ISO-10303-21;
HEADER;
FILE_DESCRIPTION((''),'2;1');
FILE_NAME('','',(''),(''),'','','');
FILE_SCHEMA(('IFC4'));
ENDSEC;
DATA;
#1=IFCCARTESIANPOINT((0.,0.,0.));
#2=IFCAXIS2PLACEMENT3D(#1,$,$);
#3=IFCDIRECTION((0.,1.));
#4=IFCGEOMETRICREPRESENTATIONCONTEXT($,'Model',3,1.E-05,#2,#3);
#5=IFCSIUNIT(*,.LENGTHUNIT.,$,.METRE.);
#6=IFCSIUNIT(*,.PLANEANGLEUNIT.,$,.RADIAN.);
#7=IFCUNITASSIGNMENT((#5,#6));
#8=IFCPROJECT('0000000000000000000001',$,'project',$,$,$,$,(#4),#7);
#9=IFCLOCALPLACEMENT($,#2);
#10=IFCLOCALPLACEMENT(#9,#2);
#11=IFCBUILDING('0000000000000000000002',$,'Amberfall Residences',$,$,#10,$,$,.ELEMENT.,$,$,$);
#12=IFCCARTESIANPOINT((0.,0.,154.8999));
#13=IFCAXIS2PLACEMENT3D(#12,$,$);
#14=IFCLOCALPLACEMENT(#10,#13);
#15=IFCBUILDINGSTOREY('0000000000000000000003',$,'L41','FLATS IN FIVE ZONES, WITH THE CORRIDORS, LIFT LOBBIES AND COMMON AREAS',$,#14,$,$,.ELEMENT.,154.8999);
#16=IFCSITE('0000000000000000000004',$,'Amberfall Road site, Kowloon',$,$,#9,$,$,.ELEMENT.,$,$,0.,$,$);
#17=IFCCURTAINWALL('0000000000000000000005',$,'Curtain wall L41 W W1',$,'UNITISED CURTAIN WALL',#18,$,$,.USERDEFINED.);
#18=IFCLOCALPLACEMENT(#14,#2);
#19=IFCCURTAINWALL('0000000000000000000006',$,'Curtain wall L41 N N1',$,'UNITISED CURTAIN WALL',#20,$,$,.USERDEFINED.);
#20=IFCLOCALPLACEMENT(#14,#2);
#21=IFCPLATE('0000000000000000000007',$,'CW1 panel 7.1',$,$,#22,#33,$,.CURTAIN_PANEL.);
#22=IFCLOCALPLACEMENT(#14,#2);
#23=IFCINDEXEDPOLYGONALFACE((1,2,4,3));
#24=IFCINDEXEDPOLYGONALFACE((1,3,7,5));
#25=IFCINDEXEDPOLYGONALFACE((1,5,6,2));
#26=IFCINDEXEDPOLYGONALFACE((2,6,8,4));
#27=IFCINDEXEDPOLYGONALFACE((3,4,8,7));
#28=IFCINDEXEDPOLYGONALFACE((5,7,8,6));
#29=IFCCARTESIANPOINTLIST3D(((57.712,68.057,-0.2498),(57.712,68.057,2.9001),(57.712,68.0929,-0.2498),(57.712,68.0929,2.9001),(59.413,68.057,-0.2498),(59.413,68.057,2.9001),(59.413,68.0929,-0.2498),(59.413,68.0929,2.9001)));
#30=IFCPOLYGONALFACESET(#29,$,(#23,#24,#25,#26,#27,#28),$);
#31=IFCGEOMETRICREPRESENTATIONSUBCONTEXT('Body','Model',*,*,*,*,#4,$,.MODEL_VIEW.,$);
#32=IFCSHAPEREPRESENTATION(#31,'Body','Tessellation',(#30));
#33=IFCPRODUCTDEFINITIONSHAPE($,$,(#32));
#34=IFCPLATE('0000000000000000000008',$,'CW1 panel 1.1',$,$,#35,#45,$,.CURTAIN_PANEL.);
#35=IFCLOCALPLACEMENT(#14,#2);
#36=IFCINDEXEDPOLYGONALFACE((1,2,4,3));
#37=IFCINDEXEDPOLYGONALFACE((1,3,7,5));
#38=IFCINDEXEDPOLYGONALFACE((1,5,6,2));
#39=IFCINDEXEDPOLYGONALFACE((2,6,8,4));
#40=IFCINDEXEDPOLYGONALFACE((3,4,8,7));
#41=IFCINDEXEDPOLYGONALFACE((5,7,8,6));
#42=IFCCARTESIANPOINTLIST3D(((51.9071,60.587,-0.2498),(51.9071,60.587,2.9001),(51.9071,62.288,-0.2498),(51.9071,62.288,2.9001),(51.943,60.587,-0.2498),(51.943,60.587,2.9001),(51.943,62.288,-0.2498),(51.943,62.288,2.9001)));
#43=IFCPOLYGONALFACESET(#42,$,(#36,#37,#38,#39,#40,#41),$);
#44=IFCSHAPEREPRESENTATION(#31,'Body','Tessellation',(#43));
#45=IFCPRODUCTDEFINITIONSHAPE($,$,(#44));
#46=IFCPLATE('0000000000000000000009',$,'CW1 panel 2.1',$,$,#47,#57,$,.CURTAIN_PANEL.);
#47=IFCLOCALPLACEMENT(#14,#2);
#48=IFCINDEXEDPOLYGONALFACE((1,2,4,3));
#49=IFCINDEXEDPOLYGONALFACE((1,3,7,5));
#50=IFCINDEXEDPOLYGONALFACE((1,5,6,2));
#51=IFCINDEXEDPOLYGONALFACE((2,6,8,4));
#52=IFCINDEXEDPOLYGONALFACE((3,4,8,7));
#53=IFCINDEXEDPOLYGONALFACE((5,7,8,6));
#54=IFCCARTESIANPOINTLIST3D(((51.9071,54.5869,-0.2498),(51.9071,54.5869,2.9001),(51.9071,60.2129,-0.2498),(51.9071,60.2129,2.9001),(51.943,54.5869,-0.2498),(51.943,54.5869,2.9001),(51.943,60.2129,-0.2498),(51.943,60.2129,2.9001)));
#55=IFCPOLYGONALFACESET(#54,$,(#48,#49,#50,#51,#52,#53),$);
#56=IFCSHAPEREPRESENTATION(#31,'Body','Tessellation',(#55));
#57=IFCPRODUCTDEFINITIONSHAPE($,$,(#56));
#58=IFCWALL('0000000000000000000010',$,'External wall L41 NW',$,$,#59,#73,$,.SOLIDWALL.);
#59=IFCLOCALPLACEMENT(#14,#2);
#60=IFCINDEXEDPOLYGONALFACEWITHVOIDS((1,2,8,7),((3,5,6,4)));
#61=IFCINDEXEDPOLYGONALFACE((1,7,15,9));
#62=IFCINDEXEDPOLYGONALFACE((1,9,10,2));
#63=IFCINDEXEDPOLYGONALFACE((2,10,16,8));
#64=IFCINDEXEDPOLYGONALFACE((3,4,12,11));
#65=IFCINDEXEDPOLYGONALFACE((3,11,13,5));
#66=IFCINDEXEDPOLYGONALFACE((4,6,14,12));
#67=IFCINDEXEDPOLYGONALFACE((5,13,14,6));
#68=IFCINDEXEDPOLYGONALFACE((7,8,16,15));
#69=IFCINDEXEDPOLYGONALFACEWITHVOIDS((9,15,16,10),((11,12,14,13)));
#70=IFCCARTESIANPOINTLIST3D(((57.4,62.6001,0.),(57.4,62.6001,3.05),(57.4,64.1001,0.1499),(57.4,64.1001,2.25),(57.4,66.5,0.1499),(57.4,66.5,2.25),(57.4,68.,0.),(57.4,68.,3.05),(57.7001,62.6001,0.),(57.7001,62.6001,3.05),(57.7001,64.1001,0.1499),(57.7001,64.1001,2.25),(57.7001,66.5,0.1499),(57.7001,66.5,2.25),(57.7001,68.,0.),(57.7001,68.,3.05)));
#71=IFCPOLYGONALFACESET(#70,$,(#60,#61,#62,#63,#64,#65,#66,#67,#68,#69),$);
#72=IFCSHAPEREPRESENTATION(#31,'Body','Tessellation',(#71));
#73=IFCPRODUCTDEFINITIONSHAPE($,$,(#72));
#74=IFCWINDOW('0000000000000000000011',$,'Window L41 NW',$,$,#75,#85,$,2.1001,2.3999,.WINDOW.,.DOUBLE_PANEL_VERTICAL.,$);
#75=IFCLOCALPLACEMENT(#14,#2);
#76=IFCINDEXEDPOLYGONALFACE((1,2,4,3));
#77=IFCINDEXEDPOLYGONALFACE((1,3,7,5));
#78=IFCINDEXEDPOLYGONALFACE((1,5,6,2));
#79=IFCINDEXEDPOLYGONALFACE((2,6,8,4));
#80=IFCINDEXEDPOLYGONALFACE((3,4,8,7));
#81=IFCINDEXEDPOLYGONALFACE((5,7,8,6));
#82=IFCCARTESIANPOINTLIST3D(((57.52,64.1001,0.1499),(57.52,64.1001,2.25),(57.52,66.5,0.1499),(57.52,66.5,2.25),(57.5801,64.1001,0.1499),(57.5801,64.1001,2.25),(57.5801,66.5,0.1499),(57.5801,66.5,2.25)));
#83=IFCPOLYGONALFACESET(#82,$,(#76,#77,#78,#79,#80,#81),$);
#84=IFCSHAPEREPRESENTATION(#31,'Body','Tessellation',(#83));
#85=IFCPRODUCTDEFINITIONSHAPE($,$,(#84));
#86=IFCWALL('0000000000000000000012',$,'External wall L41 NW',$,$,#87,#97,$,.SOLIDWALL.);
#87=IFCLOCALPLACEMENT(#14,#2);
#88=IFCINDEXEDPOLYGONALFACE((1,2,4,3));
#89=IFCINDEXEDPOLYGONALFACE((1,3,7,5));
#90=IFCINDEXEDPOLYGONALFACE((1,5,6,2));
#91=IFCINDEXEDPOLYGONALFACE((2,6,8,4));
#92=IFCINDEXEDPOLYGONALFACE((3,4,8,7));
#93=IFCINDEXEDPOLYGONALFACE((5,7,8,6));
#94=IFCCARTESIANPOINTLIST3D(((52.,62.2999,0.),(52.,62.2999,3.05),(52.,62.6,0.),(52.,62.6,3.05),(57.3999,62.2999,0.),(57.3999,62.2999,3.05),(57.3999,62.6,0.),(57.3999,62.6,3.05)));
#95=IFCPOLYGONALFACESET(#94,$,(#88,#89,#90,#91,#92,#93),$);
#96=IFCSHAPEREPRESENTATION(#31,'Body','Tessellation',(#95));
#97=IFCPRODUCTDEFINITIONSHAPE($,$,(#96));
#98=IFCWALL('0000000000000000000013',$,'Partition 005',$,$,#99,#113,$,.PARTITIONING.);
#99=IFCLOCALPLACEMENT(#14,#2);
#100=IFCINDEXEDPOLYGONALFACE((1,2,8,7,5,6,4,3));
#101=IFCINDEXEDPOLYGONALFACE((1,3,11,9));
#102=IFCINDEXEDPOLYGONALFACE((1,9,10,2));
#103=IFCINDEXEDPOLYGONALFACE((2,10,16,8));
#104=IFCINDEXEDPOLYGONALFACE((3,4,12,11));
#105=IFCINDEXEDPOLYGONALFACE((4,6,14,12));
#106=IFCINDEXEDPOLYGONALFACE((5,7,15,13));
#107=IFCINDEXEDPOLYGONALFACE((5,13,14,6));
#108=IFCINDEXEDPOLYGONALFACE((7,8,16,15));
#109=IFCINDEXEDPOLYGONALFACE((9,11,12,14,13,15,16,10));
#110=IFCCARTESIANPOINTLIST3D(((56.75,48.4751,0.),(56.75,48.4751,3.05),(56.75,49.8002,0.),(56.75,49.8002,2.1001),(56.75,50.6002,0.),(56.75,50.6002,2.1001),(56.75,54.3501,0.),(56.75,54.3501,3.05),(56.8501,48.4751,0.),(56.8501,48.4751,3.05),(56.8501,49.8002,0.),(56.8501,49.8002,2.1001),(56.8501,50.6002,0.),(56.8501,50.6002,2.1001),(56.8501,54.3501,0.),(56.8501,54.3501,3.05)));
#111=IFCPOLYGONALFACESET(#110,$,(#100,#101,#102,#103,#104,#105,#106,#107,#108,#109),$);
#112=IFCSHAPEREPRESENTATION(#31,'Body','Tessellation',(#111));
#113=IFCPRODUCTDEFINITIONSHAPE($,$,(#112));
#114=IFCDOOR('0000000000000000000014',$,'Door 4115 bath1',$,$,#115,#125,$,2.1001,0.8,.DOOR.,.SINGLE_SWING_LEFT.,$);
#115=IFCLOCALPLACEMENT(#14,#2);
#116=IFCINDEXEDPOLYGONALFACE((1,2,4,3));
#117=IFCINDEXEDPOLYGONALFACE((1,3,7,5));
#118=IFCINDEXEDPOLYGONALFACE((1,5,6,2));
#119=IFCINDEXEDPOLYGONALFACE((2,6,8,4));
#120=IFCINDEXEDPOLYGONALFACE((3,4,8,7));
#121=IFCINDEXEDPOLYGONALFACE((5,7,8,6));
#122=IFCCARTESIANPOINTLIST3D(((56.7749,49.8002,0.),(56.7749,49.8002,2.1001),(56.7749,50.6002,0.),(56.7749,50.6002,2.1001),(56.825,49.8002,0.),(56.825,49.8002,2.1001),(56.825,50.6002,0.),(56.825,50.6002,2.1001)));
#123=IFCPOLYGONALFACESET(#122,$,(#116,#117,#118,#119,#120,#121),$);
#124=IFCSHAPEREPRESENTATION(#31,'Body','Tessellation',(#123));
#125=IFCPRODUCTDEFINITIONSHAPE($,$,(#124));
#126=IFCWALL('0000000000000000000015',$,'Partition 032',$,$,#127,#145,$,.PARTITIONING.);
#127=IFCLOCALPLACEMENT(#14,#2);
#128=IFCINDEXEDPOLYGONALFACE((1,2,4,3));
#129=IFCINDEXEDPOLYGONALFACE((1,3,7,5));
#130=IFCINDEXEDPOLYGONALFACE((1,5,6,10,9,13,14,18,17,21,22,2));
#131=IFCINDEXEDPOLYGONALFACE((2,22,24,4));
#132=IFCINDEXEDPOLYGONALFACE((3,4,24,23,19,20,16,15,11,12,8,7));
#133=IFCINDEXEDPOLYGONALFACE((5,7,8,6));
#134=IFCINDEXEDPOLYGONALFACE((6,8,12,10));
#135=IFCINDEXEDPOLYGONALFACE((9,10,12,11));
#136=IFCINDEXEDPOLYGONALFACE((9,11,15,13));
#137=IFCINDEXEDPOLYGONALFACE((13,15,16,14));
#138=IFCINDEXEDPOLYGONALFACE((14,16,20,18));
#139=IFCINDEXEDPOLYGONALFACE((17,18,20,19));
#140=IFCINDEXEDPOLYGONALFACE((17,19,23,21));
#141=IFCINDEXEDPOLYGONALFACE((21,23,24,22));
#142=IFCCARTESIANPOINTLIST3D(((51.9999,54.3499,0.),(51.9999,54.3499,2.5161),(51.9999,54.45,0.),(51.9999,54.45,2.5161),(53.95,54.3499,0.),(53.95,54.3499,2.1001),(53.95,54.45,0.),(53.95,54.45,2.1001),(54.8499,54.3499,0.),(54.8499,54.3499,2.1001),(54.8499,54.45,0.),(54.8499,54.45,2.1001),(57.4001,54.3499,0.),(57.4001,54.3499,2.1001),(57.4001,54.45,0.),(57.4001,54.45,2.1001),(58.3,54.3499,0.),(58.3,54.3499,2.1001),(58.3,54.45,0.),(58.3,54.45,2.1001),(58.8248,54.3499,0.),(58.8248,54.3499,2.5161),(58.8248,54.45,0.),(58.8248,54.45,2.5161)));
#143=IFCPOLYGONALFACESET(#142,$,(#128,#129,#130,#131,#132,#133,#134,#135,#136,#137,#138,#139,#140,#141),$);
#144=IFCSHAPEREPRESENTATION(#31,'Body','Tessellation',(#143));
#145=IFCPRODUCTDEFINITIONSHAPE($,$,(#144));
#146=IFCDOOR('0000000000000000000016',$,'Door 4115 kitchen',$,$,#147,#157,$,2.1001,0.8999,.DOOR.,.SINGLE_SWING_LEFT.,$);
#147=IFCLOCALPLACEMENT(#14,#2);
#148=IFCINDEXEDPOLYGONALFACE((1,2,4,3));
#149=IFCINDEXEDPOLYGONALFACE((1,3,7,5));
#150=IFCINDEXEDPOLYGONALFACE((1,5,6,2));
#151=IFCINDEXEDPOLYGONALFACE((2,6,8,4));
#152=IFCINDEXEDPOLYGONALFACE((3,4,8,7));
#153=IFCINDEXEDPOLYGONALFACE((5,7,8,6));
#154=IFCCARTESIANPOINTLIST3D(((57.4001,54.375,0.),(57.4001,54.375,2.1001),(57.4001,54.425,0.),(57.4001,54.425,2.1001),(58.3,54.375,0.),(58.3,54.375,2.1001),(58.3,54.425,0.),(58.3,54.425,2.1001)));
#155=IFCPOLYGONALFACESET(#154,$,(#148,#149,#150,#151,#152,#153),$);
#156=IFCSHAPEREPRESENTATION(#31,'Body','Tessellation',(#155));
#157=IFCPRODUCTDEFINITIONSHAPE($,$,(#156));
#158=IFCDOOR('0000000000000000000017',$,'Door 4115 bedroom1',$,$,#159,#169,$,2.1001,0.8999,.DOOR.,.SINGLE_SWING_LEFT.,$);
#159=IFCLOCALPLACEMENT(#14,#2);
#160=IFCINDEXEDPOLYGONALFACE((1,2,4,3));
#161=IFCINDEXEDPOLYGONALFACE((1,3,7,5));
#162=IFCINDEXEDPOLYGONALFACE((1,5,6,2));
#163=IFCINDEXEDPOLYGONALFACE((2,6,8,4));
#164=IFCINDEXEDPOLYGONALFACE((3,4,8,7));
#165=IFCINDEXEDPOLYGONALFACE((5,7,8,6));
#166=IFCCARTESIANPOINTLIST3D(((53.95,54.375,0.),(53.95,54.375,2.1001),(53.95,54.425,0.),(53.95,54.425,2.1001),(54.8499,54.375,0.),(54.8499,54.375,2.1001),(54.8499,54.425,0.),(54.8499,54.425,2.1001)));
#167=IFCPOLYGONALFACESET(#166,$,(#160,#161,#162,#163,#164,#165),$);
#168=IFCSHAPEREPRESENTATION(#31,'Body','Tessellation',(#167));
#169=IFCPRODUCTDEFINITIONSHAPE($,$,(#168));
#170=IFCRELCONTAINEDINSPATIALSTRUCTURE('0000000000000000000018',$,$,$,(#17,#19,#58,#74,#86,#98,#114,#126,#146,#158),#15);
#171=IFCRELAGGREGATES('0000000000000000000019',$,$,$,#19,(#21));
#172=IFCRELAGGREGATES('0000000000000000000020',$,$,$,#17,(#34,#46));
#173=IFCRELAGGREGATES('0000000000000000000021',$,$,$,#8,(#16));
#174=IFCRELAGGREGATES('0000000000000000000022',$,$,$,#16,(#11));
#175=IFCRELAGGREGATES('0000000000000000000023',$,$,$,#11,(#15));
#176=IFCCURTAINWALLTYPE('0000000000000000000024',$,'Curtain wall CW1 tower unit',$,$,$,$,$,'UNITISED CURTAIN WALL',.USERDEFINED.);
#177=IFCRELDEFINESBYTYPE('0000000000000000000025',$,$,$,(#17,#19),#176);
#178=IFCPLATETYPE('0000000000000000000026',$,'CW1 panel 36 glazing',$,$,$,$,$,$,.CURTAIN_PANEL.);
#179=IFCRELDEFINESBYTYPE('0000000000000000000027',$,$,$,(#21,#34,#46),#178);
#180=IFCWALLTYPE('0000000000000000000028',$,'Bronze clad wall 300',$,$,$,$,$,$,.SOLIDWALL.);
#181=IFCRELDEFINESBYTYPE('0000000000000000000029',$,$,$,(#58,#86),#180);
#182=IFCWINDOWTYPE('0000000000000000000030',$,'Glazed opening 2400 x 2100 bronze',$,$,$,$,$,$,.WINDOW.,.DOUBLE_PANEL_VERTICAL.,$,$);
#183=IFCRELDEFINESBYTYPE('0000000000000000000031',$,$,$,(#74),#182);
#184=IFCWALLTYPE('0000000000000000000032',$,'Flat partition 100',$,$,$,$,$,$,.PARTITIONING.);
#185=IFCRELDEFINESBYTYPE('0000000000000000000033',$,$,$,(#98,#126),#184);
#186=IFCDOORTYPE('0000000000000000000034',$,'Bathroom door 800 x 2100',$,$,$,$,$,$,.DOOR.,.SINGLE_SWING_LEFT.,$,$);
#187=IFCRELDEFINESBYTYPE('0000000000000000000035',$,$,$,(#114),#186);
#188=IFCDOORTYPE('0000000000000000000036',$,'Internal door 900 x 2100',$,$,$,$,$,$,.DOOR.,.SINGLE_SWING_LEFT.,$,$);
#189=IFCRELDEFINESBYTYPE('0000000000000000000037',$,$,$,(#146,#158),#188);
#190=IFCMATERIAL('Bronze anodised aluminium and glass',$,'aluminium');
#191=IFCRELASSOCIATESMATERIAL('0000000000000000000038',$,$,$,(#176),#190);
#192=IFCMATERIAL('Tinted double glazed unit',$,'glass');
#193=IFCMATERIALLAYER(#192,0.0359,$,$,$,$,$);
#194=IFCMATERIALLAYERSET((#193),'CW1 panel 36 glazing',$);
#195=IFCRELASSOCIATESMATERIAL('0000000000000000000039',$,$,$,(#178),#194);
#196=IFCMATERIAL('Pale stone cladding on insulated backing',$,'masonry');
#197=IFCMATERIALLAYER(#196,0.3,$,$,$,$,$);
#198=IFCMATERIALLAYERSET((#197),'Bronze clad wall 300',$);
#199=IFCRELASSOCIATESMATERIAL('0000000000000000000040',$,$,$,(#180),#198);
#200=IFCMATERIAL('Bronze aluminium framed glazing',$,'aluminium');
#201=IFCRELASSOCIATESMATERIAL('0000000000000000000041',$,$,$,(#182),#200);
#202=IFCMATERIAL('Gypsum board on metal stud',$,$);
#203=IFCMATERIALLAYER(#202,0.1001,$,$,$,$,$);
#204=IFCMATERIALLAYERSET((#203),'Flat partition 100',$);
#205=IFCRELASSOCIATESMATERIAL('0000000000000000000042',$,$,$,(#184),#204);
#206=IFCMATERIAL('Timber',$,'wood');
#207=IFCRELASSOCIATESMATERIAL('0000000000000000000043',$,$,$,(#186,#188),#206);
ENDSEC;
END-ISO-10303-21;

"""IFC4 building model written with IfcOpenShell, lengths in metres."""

from ifc_helpers import new_model, si_unit, direction, frame, frame_2d, origin, origin_2d, place, context, subcontext, project, spatial, rectangle, extrude, material, layer, layer_set, type_object, element, fill, aggregate, save


model = new_model("IFC4")

# Units and contexts
model_context = context("Model", 3, precision=1e-05, world=origin(), true_north=direction((0.0, 1.0)))
body_context = subcontext(model_context, "Body", "Model", "MODEL_VIEW")
ifc_project = project(units=[si_unit("LENGTHUNIT", "METRE"), si_unit("PLANEANGLEUNIT", "RADIAN")], contexts=[model_context])

# Site, building, storey
site_placement = place(None, origin())
site = spatial("IfcSite", under=ifc_project, at=site_placement, Name="Amberfall Road site, Kowloon", CompositionType="ELEMENT", RefElevation=0.0)
building_placement = place(site_placement, origin())
building = spatial("IfcBuilding", under=site, at=building_placement, Name="Amberfall Residences", CompositionType="ELEMENT")
storey_placement = place(building_placement, frame((0.0, 0.0, 154.8999)))
storey = spatial("IfcBuildingStorey", under=building, at=storey_placement, Name="L41", Description="FLATS IN FIVE ZONES, WITH THE CORRIDORS, LIFT LOBBIES AND COMMON AREAS", CompositionType="ELEMENT", Elevation=154.8999)

# Curtain wall
ifc_material_1 = material(Name="Bronze anodised aluminium and glass", Category="aluminium")
curtain_wall_type = type_object("IfcCurtainWallType", Name="Curtain wall CW1 tower unit", ElementType="UNITISED CURTAIN WALL", PredefinedType="USERDEFINED", material=ifc_material_1)
curtain_wall_1_placement = place(storey_placement, origin())
curtain_wall_1 = element("IfcCurtainWall", 1, at=curtain_wall_1_placement, inside=storey, type_object=curtain_wall_type, Name="Curtain wall L41 W W1", ObjectType="UNITISED CURTAIN WALL", PredefinedType="USERDEFINED")

# Curtain wall
curtain_wall_2_placement = place(storey_placement, origin())
curtain_wall_2 = element("IfcCurtainWall", 2, at=curtain_wall_2_placement, inside=storey, type_object=curtain_wall_type, Name="Curtain wall L41 N N1", ObjectType="UNITISED CURTAIN WALL", PredefinedType="USERDEFINED")

# Plates
ifc_material_2 = material(Name="Tinted double glazed unit", Category="glass")
ifc_layer_1 = layer(ifc_material_2, 0.0359)
ifc_layer_set_1 = layer_set([ifc_layer_1], Name="CW1 panel 36 glazing")
plate_type = type_object("IfcPlateType", Name="CW1 panel 36 glazing", PredefinedType="CURTAIN_PANEL", material=ifc_layer_set_1)
plate_1_placement = place(storey_placement, frame((58.5625, 68.075, -0.2498), z_axis=(0.0, 0.0, 1.0), x_axis=(-1.0, 0.0, 0.0)))
plate_1 = element("IfcPlate", 3, at=plate_1_placement, type_object=plate_type, Name="CW1 panel 7.1", PredefinedType="CURTAIN_PANEL", context=body_context, shape_type="SweptSolid", body=[
    extrude(rectangle(XDim=1.7009, YDim=0.0359, at=origin_2d()), origin(), (0.0, 0.0, 1.0), 3.1499),
])
aggregate(curtain_wall_2, [plate_1])
plate_2_placement = place(storey_placement, frame((51.925, 61.4375, -0.2498), z_axis=(0.0, 0.0, 1.0), x_axis=(0.0, -1.0, 0.0)))
plate_2 = element("IfcPlate", 4, at=plate_2_placement, type_object=plate_type, Name="CW1 panel 1.1", PredefinedType="CURTAIN_PANEL", context=body_context, shape_type="SweptSolid", body=[
    extrude(rectangle(XDim=1.7009, YDim=0.0359, at=origin_2d()), origin(), (0.0, 0.0, 1.0), 3.1499),
])
plate_3_placement = place(storey_placement, frame((51.925, 57.3999, -0.2498), z_axis=(0.0, 0.0, 1.0), x_axis=(0.0, -1.0, 0.0)))
plate_3 = element("IfcPlate", 5, at=plate_3_placement, type_object=plate_type, Name="CW1 panel 2.1", PredefinedType="CURTAIN_PANEL", context=body_context, shape_type="SweptSolid", body=[
    extrude(rectangle(XDim=5.626, YDim=0.0359, at=origin_2d()), origin(), (0.0, 0.0, 1.0), 3.1499),
])
aggregate(curtain_wall_1, [plate_2, plate_3])

# Wall, opening, window
ifc_material_3 = material(Name="Pale stone cladding on insulated backing", Category="masonry")
ifc_layer_2 = layer(ifc_material_3, 0.3)
ifc_layer_set_2 = layer_set([ifc_layer_2], Name="Bronze clad wall 300")
wall_type_1 = type_object("IfcWallType", Name="Bronze clad wall 300", PredefinedType="SOLIDWALL", material=ifc_layer_set_2)
wall_1_placement = place(storey_placement, frame((57.55, 68.0, 0.0), z_axis=(0.0, 0.0, 1.0), x_axis=(0.0, -1.0, 0.0)))
wall_1 = element("IfcWall", 6, at=wall_1_placement, inside=storey, type_object=wall_type_1, Name="External wall L41 NW", PredefinedType="SOLIDWALL", context=body_context, shape_type="SweptSolid", body=[
    extrude(rectangle(XDim=5.3999, YDim=0.3, at=frame_2d((2.7, 0.0))), origin(), (0.0, 0.0, 1.0), 3.05),
])
opening_1_placement = place(wall_1_placement, frame((1.5, 0.0, 0.1499)))
opening_1 = element("IfcOpeningElement", 7, at=opening_1_placement, cuts=wall_1, PredefinedType="OPENING", context=body_context, shape_type="SweptSolid", body=[
    extrude(rectangle(XDim=2.3999, YDim=2.1001, at=frame_2d((1.2, 1.05))), frame((0.0, 0.1599, 0.0), z_axis=(0.0, -1.0, 0.0), x_axis=(1.0, 0.0, 0.0)), (0.0, 0.0, 1.0), 0.3201),
])
ifc_material_4 = material(Name="Bronze aluminium framed glazing", Category="aluminium")
window_type = type_object("IfcWindowType", Name="Glazed opening 2400 x 2100 bronze", PartitioningType="DOUBLE_PANEL_VERTICAL", PredefinedType="WINDOW", material=ifc_material_4)
window_placement = place(opening_1_placement, origin())
window = element("IfcWindow", 8, at=window_placement, inside=storey, type_object=window_type, Name="Window L41 NW", OverallHeight=2.1001, OverallWidth=2.3999, PartitioningType="DOUBLE_PANEL_VERTICAL", PredefinedType="WINDOW", context=body_context, shape_type="SweptSolid", body=[
    extrude(rectangle(XDim=2.3999, YDim=2.1001, at=frame_2d((1.2, 1.05))), frame((0.0, 0.03, 0.0), z_axis=(0.0, -1.0, 0.0), x_axis=(1.0, 0.0, 0.0)), (0.0, 0.0, 1.0), 0.0601),
])
fill(opening_1, window)

# Wall
wall_2_placement = place(storey_placement, frame((57.3999, 62.45, 0.0), z_axis=(0.0, 0.0, 1.0), x_axis=(-1.0, 0.0, 0.0)))
element("IfcWall", 9, at=wall_2_placement, inside=storey, type_object=wall_type_1, Name="External wall L41 NW", PredefinedType="SOLIDWALL", context=body_context, shape_type="SweptSolid", body=[
    extrude(rectangle(XDim=5.3999, YDim=0.3, at=frame_2d((2.7, 0.0))), origin(), (0.0, 0.0, 1.0), 3.05),
])

# Wall, opening, door
ifc_material_5 = material(Name="Gypsum board on metal stud")
ifc_layer_3 = layer(ifc_material_5, 0.1001)
ifc_layer_set_3 = layer_set([ifc_layer_3], Name="Flat partition 100")
wall_type_2 = type_object("IfcWallType", Name="Flat partition 100", PredefinedType="PARTITIONING", material=ifc_layer_set_3)
wall_3_placement = place(storey_placement, frame((56.8, 54.3501, 0.0), z_axis=(0.0, 0.0, 1.0), x_axis=(0.0, -1.0, 0.0)))
wall_3 = element("IfcWall", 10, at=wall_3_placement, inside=storey, type_object=wall_type_2, Name="Partition 005", PredefinedType="PARTITIONING", context=body_context, shape_type="SweptSolid", body=[
    extrude(rectangle(XDim=5.875, YDim=0.1001, at=frame_2d((2.9375, 0.0))), origin(), (0.0, 0.0, 1.0), 3.05),
])
opening_2_placement = place(wall_3_placement, frame((3.75, 0.0, 0.0)))
opening_2 = element("IfcOpeningElement", 11, at=opening_2_placement, cuts=wall_3, PredefinedType="OPENING", context=body_context, shape_type="SweptSolid", body=[
    extrude(rectangle(XDim=0.8, YDim=2.1001, at=frame_2d((0.3999, 1.05))), frame((0.0, 0.0601, 0.0), z_axis=(0.0, -1.0, 0.0), x_axis=(1.0, 0.0, 0.0)), (0.0, 0.0, 1.0), 0.1201),
])
ifc_material_6 = material(Name="Timber", Category="wood")
door_type_1 = type_object("IfcDoorType", Name="Bathroom door 800 x 2100", OperationType="SINGLE_SWING_LEFT", PredefinedType="DOOR", material=ifc_material_6)
door_1_placement = place(opening_2_placement, origin())
door_1 = element("IfcDoor", 12, at=door_1_placement, inside=storey, type_object=door_type_1, Name="Door 4115 bath1", OperationType="SINGLE_SWING_LEFT", OverallHeight=2.1001, OverallWidth=0.8, PredefinedType="DOOR", context=body_context, shape_type="SweptSolid", body=[
    extrude(rectangle(XDim=0.8, YDim=2.1001, at=frame_2d((0.3999, 1.05))), frame((0.0, 0.0249, 0.0), z_axis=(0.0, -1.0, 0.0), x_axis=(1.0, 0.0, 0.0)), (0.0, 0.0, 1.0), 0.05),
])
fill(opening_2, door_1)

# Wall, openings, doors
wall_4_placement = place(storey_placement, frame((58.825, 54.3999, 0.0), z_axis=(0.0, 0.0, 1.0), x_axis=(-1.0, 0.0, 0.0)))
wall_4 = element("IfcWall", 13, at=wall_4_placement, inside=storey, type_object=wall_type_2, Name="Partition 032", PredefinedType="PARTITIONING", context=body_context, shape_type="SweptSolid", body=[
    extrude(rectangle(XDim=6.825, YDim=0.1001, at=frame_2d((3.4126, 0.0))), origin(), (0.0, 0.0, 1.0), 2.5161),
])
opening_3_placement = place(wall_4_placement, frame((0.5249, 0.0, 0.0)))
opening_3 = element("IfcOpeningElement", 14, at=opening_3_placement, cuts=wall_4, PredefinedType="OPENING", context=body_context, shape_type="SweptSolid", body=[
    extrude(rectangle(XDim=0.8999, YDim=2.1001, at=frame_2d((0.45, 1.05))), frame((0.0, 0.0601, 0.0), z_axis=(0.0, -1.0, 0.0), x_axis=(1.0, 0.0, 0.0)), (0.0, 0.0, 1.0), 0.1201),
])
opening_4_placement = place(wall_4_placement, frame((3.9751, 0.0, 0.0)))
opening_4 = element("IfcOpeningElement", 15, at=opening_4_placement, cuts=wall_4, PredefinedType="OPENING", context=body_context, shape_type="SweptSolid", body=[
    extrude(rectangle(XDim=0.8999, YDim=2.1001, at=frame_2d((0.45, 1.05))), frame((0.0, 0.0601, 0.0), z_axis=(0.0, -1.0, 0.0), x_axis=(1.0, 0.0, 0.0)), (0.0, 0.0, 1.0), 0.1201),
])
door_type_2 = type_object("IfcDoorType", Name="Internal door 900 x 2100", OperationType="SINGLE_SWING_LEFT", PredefinedType="DOOR", material=ifc_material_6)
door_2_placement = place(opening_3_placement, origin())
door_2 = element("IfcDoor", 16, at=door_2_placement, inside=storey, type_object=door_type_2, Name="Door 4115 kitchen", OperationType="SINGLE_SWING_LEFT", OverallHeight=2.1001, OverallWidth=0.8999, PredefinedType="DOOR", context=body_context, shape_type="SweptSolid", body=[
    extrude(rectangle(XDim=0.8999, YDim=2.1001, at=frame_2d((0.45, 1.05))), frame((0.0, 0.0249, 0.0), z_axis=(0.0, -1.0, 0.0), x_axis=(1.0, 0.0, 0.0)), (0.0, 0.0, 1.0), 0.05),
])
fill(opening_3, door_2)
door_3_placement = place(opening_4_placement, origin())
door_3 = element("IfcDoor", 17, at=door_3_placement, inside=storey, type_object=door_type_2, Name="Door 4115 bedroom1", OperationType="SINGLE_SWING_LEFT", OverallHeight=2.1001, OverallWidth=0.8999, PredefinedType="DOOR", context=body_context, shape_type="SweptSolid", body=[
    extrude(rectangle(XDim=0.8999, YDim=2.1001, at=frame_2d((0.45, 1.05))), frame((0.0, 0.0249, 0.0), z_axis=(0.0, -1.0, 0.0), x_axis=(1.0, 0.0, 0.0)), (0.0, 0.0, 1.0), 0.05),
])
fill(opening_4, door_3)

save(model, "model.ifc")
